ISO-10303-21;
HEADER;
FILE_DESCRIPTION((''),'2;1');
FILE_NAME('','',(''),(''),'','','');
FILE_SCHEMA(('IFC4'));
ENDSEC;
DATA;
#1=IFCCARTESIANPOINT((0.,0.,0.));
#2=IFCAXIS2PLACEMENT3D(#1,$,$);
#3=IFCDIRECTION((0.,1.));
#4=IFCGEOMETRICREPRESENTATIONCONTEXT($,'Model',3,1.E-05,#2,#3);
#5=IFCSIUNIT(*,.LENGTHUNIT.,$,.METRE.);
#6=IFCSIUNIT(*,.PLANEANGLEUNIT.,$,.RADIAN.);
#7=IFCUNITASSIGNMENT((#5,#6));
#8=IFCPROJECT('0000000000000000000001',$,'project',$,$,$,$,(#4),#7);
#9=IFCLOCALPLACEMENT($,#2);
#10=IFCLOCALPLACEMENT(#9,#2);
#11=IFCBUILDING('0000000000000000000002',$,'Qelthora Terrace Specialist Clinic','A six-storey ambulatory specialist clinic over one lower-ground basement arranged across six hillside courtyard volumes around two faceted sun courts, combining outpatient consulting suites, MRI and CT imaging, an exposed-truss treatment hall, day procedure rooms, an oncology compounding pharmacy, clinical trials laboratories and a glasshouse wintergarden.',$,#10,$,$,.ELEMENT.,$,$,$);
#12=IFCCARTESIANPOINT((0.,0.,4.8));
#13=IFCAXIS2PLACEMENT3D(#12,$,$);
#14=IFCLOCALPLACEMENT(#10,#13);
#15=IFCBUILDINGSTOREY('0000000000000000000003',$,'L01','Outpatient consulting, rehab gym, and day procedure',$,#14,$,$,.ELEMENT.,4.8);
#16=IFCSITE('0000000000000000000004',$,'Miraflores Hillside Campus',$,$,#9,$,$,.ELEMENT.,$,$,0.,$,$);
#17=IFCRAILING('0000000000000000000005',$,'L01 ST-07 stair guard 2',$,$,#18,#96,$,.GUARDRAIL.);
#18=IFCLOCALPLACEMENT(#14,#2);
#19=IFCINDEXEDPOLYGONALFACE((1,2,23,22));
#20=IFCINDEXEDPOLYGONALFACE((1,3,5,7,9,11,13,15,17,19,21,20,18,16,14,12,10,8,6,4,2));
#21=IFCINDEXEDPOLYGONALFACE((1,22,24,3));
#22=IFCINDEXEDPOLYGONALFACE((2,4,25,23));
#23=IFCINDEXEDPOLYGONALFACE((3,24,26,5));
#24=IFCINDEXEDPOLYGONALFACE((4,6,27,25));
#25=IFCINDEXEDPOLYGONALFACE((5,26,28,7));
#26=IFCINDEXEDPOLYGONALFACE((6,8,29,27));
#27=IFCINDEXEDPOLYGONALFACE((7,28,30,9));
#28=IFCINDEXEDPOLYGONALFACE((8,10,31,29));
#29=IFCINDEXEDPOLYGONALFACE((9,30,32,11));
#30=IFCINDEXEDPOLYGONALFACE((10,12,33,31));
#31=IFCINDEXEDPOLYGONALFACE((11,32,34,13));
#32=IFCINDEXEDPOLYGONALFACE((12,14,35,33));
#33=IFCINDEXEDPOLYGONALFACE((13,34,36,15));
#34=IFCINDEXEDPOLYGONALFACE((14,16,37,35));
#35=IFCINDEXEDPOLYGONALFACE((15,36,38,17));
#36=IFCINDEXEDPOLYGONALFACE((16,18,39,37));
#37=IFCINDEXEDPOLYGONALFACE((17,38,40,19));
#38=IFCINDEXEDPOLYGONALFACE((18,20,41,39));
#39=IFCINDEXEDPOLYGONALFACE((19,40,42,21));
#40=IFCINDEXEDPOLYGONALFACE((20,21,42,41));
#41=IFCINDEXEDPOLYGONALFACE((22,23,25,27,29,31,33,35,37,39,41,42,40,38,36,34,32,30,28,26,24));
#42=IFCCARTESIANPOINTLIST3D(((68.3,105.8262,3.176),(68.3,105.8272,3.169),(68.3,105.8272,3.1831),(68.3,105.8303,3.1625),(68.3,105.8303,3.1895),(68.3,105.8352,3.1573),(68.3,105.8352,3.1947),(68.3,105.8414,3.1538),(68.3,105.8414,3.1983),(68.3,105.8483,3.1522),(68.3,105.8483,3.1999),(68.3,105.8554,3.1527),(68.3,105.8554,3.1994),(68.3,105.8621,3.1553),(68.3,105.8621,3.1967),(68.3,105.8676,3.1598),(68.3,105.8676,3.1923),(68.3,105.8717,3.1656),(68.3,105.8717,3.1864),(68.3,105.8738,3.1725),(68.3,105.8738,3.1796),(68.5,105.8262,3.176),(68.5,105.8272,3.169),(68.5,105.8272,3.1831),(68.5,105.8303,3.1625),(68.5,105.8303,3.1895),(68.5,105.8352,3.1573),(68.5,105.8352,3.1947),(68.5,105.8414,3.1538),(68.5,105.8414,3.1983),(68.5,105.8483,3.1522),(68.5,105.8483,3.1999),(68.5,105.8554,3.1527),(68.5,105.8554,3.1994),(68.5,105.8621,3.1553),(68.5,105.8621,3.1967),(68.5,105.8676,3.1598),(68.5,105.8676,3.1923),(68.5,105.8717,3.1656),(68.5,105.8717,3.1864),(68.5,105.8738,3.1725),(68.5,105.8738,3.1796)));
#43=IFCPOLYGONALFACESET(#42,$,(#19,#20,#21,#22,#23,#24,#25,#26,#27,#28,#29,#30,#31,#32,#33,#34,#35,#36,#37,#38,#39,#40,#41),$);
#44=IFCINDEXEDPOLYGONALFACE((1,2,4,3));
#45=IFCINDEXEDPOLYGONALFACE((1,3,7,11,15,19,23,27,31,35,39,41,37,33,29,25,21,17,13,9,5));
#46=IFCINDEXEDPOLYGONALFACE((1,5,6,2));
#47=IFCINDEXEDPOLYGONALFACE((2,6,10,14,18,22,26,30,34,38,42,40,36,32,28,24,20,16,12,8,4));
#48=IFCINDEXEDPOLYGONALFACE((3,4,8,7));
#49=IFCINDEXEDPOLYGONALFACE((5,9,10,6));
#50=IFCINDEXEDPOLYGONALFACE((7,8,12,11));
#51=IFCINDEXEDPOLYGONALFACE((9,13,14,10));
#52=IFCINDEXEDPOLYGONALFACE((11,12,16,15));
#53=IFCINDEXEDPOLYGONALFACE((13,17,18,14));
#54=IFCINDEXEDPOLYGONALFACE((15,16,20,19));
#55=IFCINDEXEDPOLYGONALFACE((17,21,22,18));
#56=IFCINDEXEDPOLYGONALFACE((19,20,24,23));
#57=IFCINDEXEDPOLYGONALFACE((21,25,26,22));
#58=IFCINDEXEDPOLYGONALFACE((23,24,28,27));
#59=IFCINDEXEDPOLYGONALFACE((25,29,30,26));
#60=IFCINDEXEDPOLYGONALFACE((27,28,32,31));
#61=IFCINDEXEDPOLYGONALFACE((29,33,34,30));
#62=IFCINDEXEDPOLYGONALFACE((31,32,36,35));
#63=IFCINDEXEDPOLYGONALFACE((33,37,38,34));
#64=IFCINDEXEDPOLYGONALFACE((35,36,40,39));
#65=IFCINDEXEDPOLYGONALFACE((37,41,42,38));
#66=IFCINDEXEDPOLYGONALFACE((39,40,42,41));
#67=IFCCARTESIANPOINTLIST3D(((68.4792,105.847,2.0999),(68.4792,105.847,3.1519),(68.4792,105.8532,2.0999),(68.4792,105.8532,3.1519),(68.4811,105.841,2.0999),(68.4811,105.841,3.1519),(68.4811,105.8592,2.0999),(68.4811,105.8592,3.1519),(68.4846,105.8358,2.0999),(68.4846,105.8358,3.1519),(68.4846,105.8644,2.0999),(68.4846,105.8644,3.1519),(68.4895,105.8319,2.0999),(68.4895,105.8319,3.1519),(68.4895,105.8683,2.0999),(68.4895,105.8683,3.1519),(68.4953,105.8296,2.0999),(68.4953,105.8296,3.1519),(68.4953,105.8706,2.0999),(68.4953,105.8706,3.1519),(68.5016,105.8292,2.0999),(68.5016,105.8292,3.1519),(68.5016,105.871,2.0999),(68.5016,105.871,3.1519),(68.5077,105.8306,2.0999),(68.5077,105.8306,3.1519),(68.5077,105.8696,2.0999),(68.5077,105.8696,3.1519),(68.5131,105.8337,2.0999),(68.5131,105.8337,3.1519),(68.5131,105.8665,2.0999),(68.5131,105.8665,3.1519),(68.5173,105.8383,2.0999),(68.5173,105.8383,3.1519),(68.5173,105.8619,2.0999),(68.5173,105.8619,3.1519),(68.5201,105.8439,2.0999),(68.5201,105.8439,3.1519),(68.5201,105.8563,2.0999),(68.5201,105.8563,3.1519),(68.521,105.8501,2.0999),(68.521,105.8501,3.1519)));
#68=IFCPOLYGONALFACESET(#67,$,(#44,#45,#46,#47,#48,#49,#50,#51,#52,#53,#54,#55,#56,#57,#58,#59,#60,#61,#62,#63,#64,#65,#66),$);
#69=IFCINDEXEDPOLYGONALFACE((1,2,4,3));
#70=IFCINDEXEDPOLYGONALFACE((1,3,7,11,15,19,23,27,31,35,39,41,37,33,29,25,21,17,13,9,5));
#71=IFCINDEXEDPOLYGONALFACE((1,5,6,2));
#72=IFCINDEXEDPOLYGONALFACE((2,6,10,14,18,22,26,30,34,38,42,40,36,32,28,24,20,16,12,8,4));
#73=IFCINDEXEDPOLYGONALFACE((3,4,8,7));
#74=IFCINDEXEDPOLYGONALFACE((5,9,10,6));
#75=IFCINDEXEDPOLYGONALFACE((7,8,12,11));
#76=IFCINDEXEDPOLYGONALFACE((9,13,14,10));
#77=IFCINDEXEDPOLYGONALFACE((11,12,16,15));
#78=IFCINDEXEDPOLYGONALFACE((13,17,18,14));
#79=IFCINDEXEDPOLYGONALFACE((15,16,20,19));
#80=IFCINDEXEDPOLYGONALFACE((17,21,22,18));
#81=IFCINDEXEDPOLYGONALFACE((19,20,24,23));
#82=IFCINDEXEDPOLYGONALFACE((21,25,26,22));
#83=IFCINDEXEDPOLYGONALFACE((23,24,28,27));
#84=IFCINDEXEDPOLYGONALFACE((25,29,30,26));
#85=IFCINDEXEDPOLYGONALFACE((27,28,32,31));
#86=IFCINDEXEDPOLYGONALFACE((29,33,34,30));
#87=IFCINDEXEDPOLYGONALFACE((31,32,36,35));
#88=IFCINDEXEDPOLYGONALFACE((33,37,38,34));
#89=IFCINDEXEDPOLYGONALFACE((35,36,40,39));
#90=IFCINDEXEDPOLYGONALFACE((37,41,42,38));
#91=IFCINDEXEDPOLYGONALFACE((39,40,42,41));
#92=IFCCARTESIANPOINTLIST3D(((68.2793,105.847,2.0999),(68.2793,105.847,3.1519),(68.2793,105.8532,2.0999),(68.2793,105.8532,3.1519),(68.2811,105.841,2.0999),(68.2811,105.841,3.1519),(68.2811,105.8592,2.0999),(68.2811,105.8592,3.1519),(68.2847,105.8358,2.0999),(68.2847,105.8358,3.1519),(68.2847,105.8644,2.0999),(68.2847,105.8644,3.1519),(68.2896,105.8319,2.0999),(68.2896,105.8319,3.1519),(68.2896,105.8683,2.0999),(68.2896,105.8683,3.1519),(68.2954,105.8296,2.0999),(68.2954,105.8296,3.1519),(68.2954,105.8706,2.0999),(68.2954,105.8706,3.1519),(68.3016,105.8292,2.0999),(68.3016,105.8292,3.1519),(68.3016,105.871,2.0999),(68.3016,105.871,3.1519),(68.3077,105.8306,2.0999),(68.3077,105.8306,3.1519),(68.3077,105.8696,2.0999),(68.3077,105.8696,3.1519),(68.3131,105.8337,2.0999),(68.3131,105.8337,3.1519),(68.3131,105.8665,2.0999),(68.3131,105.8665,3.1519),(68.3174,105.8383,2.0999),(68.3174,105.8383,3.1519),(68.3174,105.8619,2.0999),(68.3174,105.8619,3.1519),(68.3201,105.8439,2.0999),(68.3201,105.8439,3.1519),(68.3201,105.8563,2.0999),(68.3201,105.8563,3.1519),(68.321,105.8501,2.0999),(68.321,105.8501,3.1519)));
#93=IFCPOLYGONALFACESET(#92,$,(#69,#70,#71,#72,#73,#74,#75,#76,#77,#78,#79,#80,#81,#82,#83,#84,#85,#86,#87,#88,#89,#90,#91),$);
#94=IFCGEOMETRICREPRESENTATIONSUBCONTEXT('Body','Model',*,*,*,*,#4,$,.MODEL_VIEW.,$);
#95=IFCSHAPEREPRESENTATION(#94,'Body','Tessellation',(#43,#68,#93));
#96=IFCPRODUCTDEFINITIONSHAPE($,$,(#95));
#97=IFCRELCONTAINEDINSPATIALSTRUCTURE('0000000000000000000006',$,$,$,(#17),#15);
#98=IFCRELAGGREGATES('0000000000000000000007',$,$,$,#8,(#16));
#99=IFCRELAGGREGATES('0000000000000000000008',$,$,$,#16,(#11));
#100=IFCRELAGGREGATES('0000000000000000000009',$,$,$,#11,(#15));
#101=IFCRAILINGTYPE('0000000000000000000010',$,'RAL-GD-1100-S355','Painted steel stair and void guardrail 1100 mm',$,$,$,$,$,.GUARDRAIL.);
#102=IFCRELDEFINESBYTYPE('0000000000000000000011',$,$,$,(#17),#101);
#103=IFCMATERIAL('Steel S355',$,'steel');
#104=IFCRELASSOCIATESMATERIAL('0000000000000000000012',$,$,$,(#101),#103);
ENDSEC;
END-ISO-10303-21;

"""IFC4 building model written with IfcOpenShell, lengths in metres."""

from ifc_helpers import new_model, si_unit, direction, frame, origin, origin_2d, place, context, subcontext, project, spatial, circle, extrude, material, type_object, element, save


model = new_model("IFC4")

# Units and contexts
model_context = context("Model", 3, precision=1e-05, world=origin(), true_north=direction((0.0, 1.0)))
body_context = subcontext(model_context, "Body", "Model", "MODEL_VIEW")
ifc_project = project(units=[si_unit("LENGTHUNIT", "METRE"), si_unit("PLANEANGLEUNIT", "RADIAN")], contexts=[model_context])

# Site, building, storey
site_placement = place(None, origin())
site = spatial("IfcSite", under=ifc_project, at=site_placement, Name="Miraflores Hillside Campus", CompositionType="ELEMENT", RefElevation=0.0)
building_placement = place(site_placement, origin())
building = spatial("IfcBuilding", under=site, at=building_placement, Name="Qelthora Terrace Specialist Clinic", Description="A six-storey ambulatory specialist clinic over one lower-ground basement arranged across six hillside courtyard volumes around two faceted sun courts, combining outpatient consulting suites, MRI and CT imaging, an exposed-truss treatment hall, day procedure rooms, an oncology compounding pharmacy, clinical trials laboratories and a glasshouse wintergarden.", CompositionType="ELEMENT")
storey_placement = place(building_placement, frame((0.0, 0.0, 4.8)))
storey = spatial("IfcBuildingStorey", under=building, at=storey_placement, Name="L01", Description="Outpatient consulting, rehab gym, and day procedure", CompositionType="ELEMENT", Elevation=4.8)

# Shared definitions
ifc_material_1 = material(Name="Steel S355", Category="steel")

# Railing
railing_type_1 = type_object("IfcRailingType", Name="RAL-GD-1100-S355", Description="Painted steel stair and void guardrail 1100 mm", PredefinedType="GUARDRAIL", material=ifc_material_1)
railing_1_placement = place(storey_placement, frame((68.5, 105.8501, 2.0999)))
element("IfcRailing", 1, at=railing_1_placement, inside=storey, type_object=railing_type_1, Name="L01 ST-07 stair guard 2", PredefinedType="GUARDRAIL", context=body_context, shape_type="SweptSolid", body=[
    extrude(circle(Radius=0.0239, at=origin_2d()), frame((0.0, 0.0, 1.0762), z_axis=(-1.0, 0.0, 0.0), x_axis=(0.0, -1.0, 0.0)), (0.0, 0.0, 1.0), 0.2),
    extrude(circle(Radius=0.021, at=origin_2d()), origin(), (0.0, 0.0, 1.0), 1.052),
    extrude(circle(Radius=0.021, at=origin_2d()), frame((-0.2, 0.0, 0.0)), (0.0, 0.0, 1.0), 1.052),
])

save(model, "model.ifc")
